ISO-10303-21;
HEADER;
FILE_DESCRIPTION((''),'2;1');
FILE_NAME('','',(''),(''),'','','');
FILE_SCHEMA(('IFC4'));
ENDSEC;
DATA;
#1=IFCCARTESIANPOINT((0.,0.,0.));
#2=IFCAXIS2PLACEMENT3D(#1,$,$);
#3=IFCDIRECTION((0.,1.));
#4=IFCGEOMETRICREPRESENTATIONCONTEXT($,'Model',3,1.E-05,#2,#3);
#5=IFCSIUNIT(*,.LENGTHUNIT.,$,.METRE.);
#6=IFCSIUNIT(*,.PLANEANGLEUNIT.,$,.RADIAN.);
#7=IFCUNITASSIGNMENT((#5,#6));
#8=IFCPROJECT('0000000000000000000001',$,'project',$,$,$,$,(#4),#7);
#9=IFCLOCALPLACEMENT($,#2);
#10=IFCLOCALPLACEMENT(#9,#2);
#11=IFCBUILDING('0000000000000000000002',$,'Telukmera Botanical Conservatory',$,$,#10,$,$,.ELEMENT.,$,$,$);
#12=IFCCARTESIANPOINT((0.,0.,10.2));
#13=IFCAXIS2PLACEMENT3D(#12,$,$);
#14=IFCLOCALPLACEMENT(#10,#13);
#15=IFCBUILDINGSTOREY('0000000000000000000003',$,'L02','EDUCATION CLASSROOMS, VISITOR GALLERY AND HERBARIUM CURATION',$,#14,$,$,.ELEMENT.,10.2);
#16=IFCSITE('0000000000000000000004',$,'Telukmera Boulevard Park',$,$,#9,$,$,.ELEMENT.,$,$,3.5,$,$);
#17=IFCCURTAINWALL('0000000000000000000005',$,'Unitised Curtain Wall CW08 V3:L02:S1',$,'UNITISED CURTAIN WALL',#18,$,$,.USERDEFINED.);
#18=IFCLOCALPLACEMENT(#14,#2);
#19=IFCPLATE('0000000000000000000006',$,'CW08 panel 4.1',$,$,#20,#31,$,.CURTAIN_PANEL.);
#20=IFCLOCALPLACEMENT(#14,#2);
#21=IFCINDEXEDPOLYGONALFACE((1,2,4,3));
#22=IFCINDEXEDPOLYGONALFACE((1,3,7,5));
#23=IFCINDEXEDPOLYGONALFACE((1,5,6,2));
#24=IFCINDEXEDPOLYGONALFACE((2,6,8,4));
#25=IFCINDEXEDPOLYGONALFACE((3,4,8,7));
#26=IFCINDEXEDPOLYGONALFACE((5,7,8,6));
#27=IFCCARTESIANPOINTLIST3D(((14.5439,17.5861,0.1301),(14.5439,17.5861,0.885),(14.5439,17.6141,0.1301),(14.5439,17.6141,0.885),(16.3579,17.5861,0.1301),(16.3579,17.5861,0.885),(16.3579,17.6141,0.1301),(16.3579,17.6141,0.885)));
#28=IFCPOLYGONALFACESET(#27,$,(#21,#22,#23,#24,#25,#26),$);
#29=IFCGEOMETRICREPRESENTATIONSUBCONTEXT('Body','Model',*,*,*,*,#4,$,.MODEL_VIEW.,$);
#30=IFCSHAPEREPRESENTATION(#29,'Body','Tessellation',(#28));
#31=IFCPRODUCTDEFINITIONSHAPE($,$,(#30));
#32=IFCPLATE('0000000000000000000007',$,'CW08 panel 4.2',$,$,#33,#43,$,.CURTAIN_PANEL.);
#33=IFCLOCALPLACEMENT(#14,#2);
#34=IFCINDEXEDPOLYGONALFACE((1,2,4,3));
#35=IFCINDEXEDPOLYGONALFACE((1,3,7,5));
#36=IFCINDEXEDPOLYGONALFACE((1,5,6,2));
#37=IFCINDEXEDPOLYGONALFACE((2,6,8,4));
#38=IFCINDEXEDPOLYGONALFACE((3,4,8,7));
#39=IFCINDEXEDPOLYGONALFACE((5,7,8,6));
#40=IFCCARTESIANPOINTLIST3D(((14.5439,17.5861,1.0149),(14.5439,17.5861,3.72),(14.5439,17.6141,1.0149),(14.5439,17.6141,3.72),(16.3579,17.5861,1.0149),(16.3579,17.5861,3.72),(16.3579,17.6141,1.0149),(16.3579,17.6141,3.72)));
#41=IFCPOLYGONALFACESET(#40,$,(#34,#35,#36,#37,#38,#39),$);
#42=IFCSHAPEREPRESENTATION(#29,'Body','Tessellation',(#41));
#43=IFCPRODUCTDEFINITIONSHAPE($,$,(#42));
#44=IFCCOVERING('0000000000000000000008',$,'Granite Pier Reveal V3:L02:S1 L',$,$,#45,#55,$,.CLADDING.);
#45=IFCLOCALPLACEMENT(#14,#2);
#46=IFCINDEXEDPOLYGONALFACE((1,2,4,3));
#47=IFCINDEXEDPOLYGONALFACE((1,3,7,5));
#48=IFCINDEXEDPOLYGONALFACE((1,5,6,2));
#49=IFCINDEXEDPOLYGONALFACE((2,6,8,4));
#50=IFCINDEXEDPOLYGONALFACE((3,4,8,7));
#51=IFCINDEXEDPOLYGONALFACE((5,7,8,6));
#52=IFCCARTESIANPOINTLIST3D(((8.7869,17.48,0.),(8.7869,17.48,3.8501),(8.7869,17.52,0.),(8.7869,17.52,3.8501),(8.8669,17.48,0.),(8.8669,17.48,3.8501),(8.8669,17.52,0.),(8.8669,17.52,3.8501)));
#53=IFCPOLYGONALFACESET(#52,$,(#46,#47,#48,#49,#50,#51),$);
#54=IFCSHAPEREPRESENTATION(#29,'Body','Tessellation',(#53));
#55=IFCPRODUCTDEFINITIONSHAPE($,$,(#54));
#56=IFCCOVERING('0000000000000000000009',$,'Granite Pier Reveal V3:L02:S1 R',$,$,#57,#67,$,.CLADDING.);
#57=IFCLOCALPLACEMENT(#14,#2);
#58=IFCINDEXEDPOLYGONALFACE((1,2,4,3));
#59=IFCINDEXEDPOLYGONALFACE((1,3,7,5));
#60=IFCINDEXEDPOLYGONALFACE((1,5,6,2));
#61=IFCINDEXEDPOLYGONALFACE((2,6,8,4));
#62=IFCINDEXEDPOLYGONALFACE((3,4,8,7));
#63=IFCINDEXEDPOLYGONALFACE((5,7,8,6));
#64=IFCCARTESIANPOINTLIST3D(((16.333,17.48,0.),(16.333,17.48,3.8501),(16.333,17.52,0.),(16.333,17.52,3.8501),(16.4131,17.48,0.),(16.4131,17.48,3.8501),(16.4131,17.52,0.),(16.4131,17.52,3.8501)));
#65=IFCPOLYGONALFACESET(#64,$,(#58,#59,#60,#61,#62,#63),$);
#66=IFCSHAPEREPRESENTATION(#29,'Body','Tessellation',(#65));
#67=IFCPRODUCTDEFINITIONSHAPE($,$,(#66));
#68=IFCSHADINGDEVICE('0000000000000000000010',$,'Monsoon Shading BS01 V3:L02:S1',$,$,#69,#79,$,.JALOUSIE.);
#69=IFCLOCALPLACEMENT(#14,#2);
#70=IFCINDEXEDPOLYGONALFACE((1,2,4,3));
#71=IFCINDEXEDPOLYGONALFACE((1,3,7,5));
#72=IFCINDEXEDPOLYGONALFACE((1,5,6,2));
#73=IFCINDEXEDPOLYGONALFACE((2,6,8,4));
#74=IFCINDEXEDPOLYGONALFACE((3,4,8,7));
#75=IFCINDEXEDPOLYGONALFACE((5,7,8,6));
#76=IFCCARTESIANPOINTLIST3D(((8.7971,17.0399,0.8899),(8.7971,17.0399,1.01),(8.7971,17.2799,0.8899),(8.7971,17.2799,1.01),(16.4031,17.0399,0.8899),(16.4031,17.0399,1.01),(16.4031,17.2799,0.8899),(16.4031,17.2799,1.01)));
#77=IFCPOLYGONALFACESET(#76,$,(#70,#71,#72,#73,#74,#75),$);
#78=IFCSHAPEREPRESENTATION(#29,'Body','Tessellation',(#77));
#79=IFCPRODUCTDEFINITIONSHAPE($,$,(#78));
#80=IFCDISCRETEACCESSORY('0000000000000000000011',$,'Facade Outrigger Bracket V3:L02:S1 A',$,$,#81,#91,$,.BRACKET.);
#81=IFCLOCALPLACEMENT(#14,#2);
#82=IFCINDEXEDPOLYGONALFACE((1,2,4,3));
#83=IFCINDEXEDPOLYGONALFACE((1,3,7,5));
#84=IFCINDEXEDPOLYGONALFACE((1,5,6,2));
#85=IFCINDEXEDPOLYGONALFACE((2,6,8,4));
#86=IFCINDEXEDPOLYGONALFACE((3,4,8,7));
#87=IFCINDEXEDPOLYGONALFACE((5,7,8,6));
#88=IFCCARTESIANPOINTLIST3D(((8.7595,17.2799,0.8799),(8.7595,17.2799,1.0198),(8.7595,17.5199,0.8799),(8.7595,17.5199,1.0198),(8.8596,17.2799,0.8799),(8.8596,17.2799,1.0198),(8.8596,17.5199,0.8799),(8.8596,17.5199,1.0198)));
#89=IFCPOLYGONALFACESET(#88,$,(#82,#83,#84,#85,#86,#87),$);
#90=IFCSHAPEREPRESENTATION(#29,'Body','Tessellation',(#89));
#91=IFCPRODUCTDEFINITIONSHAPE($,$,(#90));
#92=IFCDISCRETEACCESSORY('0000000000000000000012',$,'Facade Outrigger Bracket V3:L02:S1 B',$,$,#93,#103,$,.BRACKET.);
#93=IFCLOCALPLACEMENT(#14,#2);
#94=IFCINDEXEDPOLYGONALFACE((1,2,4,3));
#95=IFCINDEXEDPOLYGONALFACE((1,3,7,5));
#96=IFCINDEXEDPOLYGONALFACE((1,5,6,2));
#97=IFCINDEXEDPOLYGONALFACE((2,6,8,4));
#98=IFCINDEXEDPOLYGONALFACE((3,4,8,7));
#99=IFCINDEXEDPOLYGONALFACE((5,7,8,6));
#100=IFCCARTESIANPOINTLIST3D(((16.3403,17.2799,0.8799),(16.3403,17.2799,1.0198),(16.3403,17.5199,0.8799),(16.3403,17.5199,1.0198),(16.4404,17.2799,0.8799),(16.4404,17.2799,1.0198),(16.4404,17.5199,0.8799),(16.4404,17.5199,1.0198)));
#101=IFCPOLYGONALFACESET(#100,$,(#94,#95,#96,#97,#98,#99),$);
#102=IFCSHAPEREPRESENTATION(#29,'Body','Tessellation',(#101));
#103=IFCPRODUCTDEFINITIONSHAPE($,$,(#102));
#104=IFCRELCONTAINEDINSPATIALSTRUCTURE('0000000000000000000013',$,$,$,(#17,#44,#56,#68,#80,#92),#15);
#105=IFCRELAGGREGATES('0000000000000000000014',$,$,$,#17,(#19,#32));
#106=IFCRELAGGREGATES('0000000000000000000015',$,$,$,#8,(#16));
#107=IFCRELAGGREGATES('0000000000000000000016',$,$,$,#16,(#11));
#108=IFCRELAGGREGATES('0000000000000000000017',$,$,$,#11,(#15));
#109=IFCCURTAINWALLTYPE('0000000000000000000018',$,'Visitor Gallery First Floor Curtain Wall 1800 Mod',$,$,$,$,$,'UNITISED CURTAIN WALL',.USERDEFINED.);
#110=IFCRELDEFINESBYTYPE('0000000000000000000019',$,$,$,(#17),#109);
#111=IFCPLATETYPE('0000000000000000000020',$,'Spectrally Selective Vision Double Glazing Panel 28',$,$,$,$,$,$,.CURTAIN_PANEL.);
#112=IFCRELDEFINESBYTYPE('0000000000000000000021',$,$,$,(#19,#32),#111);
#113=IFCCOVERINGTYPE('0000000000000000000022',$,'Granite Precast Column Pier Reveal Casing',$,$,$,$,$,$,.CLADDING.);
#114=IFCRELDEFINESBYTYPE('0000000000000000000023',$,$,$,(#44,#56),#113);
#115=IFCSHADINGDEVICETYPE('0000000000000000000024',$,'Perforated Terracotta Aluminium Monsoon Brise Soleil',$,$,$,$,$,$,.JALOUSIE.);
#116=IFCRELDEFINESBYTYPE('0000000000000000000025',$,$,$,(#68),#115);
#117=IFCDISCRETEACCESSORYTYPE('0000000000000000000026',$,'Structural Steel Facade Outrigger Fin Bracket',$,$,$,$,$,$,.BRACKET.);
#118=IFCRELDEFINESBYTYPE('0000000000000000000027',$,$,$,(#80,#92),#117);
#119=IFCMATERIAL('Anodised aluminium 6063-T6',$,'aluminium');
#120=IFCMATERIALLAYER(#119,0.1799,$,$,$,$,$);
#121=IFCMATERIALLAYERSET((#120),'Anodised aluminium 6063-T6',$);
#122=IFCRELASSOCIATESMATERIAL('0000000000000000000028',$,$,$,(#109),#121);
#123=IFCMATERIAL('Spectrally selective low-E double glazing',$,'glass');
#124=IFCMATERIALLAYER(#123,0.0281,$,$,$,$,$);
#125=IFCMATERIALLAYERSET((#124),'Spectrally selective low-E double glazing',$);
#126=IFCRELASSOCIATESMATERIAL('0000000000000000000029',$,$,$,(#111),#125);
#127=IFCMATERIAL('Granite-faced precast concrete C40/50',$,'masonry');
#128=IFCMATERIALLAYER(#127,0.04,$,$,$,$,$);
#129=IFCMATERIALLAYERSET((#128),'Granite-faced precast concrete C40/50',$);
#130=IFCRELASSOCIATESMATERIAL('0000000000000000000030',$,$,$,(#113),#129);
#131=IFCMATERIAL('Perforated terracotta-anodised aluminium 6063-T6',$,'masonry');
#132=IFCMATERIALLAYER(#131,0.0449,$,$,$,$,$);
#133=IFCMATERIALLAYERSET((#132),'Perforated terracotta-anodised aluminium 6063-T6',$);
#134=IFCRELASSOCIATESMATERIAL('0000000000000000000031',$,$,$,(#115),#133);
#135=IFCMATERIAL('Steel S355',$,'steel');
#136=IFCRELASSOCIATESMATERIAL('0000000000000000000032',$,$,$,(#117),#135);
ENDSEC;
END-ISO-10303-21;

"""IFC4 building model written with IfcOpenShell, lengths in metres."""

from ifc_helpers import new_model, si_unit, direction, frame, origin, origin_2d, place, context, subcontext, project, spatial, rectangle, extrude, material, layer, layer_set, type_object, element, aggregate, save


model = new_model("IFC4")

# Units and contexts
model_context = context("Model", 3, precision=1e-05, world=origin(), true_north=direction((0.0, 1.0)))
body_context = subcontext(model_context, "Body", "Model", "MODEL_VIEW")
ifc_project = project(units=[si_unit("LENGTHUNIT", "METRE"), si_unit("PLANEANGLEUNIT", "RADIAN")], contexts=[model_context])

# Site, building, storey
site_placement = place(None, origin())
site = spatial("IfcSite", under=ifc_project, at=site_placement, Name="Telukmera Boulevard Park", CompositionType="ELEMENT", RefElevation=3.5)
building_placement = place(site_placement, origin())
building = spatial("IfcBuilding", under=site, at=building_placement, Name="Telukmera Botanical Conservatory", CompositionType="ELEMENT")
storey_placement = place(building_placement, frame((0.0, 0.0, 10.2)))
storey = spatial("IfcBuildingStorey", under=building, at=storey_placement, Name="L02", Description="EDUCATION CLASSROOMS, VISITOR GALLERY AND HERBARIUM CURATION", CompositionType="ELEMENT", Elevation=10.2)

# Curtain wall, plates
ifc_material_1 = material(Name="Anodised aluminium 6063-T6", Category="aluminium")
ifc_layer_1 = layer(ifc_material_1, 0.1799)
ifc_layer_set_1 = layer_set([ifc_layer_1], Name="Anodised aluminium 6063-T6")
curtain_wall_type = type_object("IfcCurtainWallType", Name="Visitor Gallery First Floor Curtain Wall 1800 Mod", ElementType="UNITISED CURTAIN WALL", PredefinedType="USERDEFINED", material=ifc_layer_set_1)
curtain_wall_placement = place(storey_placement, origin())
curtain_wall = element("IfcCurtainWall", 1, at=curtain_wall_placement, inside=storey, type_object=curtain_wall_type, Name="Unitised Curtain Wall CW08 V3:L02:S1", ObjectType="UNITISED CURTAIN WALL", PredefinedType="USERDEFINED")
ifc_material_2 = material(Name="Spectrally selective low-E double glazing", Category="glass")
ifc_layer_2 = layer(ifc_material_2, 0.0281)
ifc_layer_set_2 = layer_set([ifc_layer_2], Name="Spectrally selective low-E double glazing")
plate_type = type_object("IfcPlateType", Name="Spectrally Selective Vision Double Glazing Panel 28", PredefinedType="CURTAIN_PANEL", material=ifc_layer_set_2)
plate_1_placement = place(storey_placement, frame((15.4509, 17.6001, 0.1301), z_axis=(0.0, 0.0, 1.0), x_axis=(1.0, 0.0, 0.0)))
plate_1 = element("IfcPlate", 2, at=plate_1_placement, type_object=plate_type, Name="CW08 panel 4.1", PredefinedType="CURTAIN_PANEL", context=body_context, shape_type="SweptSolid", body=[
    extrude(rectangle(XDim=1.814, YDim=0.0281, at=origin_2d()), origin(), (0.0, 0.0, 1.0), 0.7549),
])
plate_2_placement = place(storey_placement, frame((15.4509, 17.6001, 1.0149), z_axis=(0.0, 0.0, 1.0), x_axis=(1.0, 0.0, 0.0)))
plate_2 = element("IfcPlate", 3, at=plate_2_placement, type_object=plate_type, Name="CW08 panel 4.2", PredefinedType="CURTAIN_PANEL", context=body_context, shape_type="SweptSolid", body=[
    extrude(rectangle(XDim=1.814, YDim=0.0281, at=origin_2d()), origin(), (0.0, 0.0, 1.0), 2.7051),
])
aggregate(curtain_wall, [plate_1, plate_2])

# Coverings
ifc_material_3 = material(Name="Granite-faced precast concrete C40/50", Category="masonry")
ifc_layer_3 = layer(ifc_material_3, 0.04)
ifc_layer_set_3 = layer_set([ifc_layer_3], Name="Granite-faced precast concrete C40/50")
covering_type = type_object("IfcCoveringType", Name="Granite Precast Column Pier Reveal Casing", PredefinedType="CLADDING", material=ifc_layer_set_3)
for number, where, z_axis, x_axis, name in (
    (4, (8.8269, 17.5, 0.0), (0.0, 0.0, 1.0), (1.0, 0.0, 0.0), "Granite Pier Reveal V3:L02:S1 L"),
    (5, (16.373, 17.5, 0.0), (0.0, 0.0, 1.0), (1.0, 0.0, 0.0), "Granite Pier Reveal V3:L02:S1 R"),
):
    element("IfcCovering", number, at=place(storey_placement, frame(where, z_axis=z_axis, x_axis=x_axis)), inside=storey, type_object=covering_type, Name=name, PredefinedType="CLADDING", context=body_context, shape_type="SweptSolid", body=[
        extrude(rectangle(XDim=0.0801, YDim=0.04, at=origin_2d()), origin(), (0.0, 0.0, 1.0), 3.8501),
    ])

# Shading device
ifc_material_4 = material(Name="Perforated terracotta-anodised aluminium 6063-T6", Category="masonry")
ifc_layer_4 = layer(ifc_material_4, 0.0449)
ifc_layer_set_4 = layer_set([ifc_layer_4], Name="Perforated terracotta-anodised aluminium 6063-T6")
shading_device_type = type_object("IfcShadingDeviceType", Name="Perforated Terracotta Aluminium Monsoon Brise Soleil", PredefinedType="JALOUSIE", material=ifc_layer_set_4)
shading_device_placement = place(storey_placement, frame((12.6001, 17.1599, 0.8899), z_axis=(0.0, 0.0, 1.0), x_axis=(1.0, 0.0, 0.0)))
element("IfcShadingDevice", 6, at=shading_device_placement, inside=storey, type_object=shading_device_type, Name="Monsoon Shading BS01 V3:L02:S1", PredefinedType="JALOUSIE", context=body_context, shape_type="SweptSolid", body=[
    extrude(rectangle(XDim=7.606, YDim=0.24, at=origin_2d()), origin(), (0.0, 0.0, 1.0), 0.1201),
])

# Discrete accessories
ifc_material_5 = material(Name="Steel S355", Category="steel")
discrete_accessory_type = type_object("IfcDiscreteAccessoryType", Name="Structural Steel Facade Outrigger Fin Bracket", PredefinedType="BRACKET", material=ifc_material_5)
for number, where, z_axis, x_axis, name in (
    (7, (8.8096, 17.3999, 0.8799), (0.0, 0.0, 1.0), (1.0, 0.0, 0.0), "Facade Outrigger Bracket V3:L02:S1 A"),
    (8, (16.3904, 17.3999, 0.8799), (0.0, 0.0, 1.0), (1.0, 0.0, 0.0), "Facade Outrigger Bracket V3:L02:S1 B"),
):
    element("IfcDiscreteAccessory", number, at=place(storey_placement, frame(where, z_axis=z_axis, x_axis=x_axis)), inside=storey, type_object=discrete_accessory_type, Name=name, PredefinedType="BRACKET", context=body_context, shape_type="SweptSolid", body=[
        extrude(rectangle(XDim=0.1001, YDim=0.24, at=origin_2d()), origin(), (0.0, 0.0, 1.0), 0.1399),
    ])

save(model, "model.ifc")
